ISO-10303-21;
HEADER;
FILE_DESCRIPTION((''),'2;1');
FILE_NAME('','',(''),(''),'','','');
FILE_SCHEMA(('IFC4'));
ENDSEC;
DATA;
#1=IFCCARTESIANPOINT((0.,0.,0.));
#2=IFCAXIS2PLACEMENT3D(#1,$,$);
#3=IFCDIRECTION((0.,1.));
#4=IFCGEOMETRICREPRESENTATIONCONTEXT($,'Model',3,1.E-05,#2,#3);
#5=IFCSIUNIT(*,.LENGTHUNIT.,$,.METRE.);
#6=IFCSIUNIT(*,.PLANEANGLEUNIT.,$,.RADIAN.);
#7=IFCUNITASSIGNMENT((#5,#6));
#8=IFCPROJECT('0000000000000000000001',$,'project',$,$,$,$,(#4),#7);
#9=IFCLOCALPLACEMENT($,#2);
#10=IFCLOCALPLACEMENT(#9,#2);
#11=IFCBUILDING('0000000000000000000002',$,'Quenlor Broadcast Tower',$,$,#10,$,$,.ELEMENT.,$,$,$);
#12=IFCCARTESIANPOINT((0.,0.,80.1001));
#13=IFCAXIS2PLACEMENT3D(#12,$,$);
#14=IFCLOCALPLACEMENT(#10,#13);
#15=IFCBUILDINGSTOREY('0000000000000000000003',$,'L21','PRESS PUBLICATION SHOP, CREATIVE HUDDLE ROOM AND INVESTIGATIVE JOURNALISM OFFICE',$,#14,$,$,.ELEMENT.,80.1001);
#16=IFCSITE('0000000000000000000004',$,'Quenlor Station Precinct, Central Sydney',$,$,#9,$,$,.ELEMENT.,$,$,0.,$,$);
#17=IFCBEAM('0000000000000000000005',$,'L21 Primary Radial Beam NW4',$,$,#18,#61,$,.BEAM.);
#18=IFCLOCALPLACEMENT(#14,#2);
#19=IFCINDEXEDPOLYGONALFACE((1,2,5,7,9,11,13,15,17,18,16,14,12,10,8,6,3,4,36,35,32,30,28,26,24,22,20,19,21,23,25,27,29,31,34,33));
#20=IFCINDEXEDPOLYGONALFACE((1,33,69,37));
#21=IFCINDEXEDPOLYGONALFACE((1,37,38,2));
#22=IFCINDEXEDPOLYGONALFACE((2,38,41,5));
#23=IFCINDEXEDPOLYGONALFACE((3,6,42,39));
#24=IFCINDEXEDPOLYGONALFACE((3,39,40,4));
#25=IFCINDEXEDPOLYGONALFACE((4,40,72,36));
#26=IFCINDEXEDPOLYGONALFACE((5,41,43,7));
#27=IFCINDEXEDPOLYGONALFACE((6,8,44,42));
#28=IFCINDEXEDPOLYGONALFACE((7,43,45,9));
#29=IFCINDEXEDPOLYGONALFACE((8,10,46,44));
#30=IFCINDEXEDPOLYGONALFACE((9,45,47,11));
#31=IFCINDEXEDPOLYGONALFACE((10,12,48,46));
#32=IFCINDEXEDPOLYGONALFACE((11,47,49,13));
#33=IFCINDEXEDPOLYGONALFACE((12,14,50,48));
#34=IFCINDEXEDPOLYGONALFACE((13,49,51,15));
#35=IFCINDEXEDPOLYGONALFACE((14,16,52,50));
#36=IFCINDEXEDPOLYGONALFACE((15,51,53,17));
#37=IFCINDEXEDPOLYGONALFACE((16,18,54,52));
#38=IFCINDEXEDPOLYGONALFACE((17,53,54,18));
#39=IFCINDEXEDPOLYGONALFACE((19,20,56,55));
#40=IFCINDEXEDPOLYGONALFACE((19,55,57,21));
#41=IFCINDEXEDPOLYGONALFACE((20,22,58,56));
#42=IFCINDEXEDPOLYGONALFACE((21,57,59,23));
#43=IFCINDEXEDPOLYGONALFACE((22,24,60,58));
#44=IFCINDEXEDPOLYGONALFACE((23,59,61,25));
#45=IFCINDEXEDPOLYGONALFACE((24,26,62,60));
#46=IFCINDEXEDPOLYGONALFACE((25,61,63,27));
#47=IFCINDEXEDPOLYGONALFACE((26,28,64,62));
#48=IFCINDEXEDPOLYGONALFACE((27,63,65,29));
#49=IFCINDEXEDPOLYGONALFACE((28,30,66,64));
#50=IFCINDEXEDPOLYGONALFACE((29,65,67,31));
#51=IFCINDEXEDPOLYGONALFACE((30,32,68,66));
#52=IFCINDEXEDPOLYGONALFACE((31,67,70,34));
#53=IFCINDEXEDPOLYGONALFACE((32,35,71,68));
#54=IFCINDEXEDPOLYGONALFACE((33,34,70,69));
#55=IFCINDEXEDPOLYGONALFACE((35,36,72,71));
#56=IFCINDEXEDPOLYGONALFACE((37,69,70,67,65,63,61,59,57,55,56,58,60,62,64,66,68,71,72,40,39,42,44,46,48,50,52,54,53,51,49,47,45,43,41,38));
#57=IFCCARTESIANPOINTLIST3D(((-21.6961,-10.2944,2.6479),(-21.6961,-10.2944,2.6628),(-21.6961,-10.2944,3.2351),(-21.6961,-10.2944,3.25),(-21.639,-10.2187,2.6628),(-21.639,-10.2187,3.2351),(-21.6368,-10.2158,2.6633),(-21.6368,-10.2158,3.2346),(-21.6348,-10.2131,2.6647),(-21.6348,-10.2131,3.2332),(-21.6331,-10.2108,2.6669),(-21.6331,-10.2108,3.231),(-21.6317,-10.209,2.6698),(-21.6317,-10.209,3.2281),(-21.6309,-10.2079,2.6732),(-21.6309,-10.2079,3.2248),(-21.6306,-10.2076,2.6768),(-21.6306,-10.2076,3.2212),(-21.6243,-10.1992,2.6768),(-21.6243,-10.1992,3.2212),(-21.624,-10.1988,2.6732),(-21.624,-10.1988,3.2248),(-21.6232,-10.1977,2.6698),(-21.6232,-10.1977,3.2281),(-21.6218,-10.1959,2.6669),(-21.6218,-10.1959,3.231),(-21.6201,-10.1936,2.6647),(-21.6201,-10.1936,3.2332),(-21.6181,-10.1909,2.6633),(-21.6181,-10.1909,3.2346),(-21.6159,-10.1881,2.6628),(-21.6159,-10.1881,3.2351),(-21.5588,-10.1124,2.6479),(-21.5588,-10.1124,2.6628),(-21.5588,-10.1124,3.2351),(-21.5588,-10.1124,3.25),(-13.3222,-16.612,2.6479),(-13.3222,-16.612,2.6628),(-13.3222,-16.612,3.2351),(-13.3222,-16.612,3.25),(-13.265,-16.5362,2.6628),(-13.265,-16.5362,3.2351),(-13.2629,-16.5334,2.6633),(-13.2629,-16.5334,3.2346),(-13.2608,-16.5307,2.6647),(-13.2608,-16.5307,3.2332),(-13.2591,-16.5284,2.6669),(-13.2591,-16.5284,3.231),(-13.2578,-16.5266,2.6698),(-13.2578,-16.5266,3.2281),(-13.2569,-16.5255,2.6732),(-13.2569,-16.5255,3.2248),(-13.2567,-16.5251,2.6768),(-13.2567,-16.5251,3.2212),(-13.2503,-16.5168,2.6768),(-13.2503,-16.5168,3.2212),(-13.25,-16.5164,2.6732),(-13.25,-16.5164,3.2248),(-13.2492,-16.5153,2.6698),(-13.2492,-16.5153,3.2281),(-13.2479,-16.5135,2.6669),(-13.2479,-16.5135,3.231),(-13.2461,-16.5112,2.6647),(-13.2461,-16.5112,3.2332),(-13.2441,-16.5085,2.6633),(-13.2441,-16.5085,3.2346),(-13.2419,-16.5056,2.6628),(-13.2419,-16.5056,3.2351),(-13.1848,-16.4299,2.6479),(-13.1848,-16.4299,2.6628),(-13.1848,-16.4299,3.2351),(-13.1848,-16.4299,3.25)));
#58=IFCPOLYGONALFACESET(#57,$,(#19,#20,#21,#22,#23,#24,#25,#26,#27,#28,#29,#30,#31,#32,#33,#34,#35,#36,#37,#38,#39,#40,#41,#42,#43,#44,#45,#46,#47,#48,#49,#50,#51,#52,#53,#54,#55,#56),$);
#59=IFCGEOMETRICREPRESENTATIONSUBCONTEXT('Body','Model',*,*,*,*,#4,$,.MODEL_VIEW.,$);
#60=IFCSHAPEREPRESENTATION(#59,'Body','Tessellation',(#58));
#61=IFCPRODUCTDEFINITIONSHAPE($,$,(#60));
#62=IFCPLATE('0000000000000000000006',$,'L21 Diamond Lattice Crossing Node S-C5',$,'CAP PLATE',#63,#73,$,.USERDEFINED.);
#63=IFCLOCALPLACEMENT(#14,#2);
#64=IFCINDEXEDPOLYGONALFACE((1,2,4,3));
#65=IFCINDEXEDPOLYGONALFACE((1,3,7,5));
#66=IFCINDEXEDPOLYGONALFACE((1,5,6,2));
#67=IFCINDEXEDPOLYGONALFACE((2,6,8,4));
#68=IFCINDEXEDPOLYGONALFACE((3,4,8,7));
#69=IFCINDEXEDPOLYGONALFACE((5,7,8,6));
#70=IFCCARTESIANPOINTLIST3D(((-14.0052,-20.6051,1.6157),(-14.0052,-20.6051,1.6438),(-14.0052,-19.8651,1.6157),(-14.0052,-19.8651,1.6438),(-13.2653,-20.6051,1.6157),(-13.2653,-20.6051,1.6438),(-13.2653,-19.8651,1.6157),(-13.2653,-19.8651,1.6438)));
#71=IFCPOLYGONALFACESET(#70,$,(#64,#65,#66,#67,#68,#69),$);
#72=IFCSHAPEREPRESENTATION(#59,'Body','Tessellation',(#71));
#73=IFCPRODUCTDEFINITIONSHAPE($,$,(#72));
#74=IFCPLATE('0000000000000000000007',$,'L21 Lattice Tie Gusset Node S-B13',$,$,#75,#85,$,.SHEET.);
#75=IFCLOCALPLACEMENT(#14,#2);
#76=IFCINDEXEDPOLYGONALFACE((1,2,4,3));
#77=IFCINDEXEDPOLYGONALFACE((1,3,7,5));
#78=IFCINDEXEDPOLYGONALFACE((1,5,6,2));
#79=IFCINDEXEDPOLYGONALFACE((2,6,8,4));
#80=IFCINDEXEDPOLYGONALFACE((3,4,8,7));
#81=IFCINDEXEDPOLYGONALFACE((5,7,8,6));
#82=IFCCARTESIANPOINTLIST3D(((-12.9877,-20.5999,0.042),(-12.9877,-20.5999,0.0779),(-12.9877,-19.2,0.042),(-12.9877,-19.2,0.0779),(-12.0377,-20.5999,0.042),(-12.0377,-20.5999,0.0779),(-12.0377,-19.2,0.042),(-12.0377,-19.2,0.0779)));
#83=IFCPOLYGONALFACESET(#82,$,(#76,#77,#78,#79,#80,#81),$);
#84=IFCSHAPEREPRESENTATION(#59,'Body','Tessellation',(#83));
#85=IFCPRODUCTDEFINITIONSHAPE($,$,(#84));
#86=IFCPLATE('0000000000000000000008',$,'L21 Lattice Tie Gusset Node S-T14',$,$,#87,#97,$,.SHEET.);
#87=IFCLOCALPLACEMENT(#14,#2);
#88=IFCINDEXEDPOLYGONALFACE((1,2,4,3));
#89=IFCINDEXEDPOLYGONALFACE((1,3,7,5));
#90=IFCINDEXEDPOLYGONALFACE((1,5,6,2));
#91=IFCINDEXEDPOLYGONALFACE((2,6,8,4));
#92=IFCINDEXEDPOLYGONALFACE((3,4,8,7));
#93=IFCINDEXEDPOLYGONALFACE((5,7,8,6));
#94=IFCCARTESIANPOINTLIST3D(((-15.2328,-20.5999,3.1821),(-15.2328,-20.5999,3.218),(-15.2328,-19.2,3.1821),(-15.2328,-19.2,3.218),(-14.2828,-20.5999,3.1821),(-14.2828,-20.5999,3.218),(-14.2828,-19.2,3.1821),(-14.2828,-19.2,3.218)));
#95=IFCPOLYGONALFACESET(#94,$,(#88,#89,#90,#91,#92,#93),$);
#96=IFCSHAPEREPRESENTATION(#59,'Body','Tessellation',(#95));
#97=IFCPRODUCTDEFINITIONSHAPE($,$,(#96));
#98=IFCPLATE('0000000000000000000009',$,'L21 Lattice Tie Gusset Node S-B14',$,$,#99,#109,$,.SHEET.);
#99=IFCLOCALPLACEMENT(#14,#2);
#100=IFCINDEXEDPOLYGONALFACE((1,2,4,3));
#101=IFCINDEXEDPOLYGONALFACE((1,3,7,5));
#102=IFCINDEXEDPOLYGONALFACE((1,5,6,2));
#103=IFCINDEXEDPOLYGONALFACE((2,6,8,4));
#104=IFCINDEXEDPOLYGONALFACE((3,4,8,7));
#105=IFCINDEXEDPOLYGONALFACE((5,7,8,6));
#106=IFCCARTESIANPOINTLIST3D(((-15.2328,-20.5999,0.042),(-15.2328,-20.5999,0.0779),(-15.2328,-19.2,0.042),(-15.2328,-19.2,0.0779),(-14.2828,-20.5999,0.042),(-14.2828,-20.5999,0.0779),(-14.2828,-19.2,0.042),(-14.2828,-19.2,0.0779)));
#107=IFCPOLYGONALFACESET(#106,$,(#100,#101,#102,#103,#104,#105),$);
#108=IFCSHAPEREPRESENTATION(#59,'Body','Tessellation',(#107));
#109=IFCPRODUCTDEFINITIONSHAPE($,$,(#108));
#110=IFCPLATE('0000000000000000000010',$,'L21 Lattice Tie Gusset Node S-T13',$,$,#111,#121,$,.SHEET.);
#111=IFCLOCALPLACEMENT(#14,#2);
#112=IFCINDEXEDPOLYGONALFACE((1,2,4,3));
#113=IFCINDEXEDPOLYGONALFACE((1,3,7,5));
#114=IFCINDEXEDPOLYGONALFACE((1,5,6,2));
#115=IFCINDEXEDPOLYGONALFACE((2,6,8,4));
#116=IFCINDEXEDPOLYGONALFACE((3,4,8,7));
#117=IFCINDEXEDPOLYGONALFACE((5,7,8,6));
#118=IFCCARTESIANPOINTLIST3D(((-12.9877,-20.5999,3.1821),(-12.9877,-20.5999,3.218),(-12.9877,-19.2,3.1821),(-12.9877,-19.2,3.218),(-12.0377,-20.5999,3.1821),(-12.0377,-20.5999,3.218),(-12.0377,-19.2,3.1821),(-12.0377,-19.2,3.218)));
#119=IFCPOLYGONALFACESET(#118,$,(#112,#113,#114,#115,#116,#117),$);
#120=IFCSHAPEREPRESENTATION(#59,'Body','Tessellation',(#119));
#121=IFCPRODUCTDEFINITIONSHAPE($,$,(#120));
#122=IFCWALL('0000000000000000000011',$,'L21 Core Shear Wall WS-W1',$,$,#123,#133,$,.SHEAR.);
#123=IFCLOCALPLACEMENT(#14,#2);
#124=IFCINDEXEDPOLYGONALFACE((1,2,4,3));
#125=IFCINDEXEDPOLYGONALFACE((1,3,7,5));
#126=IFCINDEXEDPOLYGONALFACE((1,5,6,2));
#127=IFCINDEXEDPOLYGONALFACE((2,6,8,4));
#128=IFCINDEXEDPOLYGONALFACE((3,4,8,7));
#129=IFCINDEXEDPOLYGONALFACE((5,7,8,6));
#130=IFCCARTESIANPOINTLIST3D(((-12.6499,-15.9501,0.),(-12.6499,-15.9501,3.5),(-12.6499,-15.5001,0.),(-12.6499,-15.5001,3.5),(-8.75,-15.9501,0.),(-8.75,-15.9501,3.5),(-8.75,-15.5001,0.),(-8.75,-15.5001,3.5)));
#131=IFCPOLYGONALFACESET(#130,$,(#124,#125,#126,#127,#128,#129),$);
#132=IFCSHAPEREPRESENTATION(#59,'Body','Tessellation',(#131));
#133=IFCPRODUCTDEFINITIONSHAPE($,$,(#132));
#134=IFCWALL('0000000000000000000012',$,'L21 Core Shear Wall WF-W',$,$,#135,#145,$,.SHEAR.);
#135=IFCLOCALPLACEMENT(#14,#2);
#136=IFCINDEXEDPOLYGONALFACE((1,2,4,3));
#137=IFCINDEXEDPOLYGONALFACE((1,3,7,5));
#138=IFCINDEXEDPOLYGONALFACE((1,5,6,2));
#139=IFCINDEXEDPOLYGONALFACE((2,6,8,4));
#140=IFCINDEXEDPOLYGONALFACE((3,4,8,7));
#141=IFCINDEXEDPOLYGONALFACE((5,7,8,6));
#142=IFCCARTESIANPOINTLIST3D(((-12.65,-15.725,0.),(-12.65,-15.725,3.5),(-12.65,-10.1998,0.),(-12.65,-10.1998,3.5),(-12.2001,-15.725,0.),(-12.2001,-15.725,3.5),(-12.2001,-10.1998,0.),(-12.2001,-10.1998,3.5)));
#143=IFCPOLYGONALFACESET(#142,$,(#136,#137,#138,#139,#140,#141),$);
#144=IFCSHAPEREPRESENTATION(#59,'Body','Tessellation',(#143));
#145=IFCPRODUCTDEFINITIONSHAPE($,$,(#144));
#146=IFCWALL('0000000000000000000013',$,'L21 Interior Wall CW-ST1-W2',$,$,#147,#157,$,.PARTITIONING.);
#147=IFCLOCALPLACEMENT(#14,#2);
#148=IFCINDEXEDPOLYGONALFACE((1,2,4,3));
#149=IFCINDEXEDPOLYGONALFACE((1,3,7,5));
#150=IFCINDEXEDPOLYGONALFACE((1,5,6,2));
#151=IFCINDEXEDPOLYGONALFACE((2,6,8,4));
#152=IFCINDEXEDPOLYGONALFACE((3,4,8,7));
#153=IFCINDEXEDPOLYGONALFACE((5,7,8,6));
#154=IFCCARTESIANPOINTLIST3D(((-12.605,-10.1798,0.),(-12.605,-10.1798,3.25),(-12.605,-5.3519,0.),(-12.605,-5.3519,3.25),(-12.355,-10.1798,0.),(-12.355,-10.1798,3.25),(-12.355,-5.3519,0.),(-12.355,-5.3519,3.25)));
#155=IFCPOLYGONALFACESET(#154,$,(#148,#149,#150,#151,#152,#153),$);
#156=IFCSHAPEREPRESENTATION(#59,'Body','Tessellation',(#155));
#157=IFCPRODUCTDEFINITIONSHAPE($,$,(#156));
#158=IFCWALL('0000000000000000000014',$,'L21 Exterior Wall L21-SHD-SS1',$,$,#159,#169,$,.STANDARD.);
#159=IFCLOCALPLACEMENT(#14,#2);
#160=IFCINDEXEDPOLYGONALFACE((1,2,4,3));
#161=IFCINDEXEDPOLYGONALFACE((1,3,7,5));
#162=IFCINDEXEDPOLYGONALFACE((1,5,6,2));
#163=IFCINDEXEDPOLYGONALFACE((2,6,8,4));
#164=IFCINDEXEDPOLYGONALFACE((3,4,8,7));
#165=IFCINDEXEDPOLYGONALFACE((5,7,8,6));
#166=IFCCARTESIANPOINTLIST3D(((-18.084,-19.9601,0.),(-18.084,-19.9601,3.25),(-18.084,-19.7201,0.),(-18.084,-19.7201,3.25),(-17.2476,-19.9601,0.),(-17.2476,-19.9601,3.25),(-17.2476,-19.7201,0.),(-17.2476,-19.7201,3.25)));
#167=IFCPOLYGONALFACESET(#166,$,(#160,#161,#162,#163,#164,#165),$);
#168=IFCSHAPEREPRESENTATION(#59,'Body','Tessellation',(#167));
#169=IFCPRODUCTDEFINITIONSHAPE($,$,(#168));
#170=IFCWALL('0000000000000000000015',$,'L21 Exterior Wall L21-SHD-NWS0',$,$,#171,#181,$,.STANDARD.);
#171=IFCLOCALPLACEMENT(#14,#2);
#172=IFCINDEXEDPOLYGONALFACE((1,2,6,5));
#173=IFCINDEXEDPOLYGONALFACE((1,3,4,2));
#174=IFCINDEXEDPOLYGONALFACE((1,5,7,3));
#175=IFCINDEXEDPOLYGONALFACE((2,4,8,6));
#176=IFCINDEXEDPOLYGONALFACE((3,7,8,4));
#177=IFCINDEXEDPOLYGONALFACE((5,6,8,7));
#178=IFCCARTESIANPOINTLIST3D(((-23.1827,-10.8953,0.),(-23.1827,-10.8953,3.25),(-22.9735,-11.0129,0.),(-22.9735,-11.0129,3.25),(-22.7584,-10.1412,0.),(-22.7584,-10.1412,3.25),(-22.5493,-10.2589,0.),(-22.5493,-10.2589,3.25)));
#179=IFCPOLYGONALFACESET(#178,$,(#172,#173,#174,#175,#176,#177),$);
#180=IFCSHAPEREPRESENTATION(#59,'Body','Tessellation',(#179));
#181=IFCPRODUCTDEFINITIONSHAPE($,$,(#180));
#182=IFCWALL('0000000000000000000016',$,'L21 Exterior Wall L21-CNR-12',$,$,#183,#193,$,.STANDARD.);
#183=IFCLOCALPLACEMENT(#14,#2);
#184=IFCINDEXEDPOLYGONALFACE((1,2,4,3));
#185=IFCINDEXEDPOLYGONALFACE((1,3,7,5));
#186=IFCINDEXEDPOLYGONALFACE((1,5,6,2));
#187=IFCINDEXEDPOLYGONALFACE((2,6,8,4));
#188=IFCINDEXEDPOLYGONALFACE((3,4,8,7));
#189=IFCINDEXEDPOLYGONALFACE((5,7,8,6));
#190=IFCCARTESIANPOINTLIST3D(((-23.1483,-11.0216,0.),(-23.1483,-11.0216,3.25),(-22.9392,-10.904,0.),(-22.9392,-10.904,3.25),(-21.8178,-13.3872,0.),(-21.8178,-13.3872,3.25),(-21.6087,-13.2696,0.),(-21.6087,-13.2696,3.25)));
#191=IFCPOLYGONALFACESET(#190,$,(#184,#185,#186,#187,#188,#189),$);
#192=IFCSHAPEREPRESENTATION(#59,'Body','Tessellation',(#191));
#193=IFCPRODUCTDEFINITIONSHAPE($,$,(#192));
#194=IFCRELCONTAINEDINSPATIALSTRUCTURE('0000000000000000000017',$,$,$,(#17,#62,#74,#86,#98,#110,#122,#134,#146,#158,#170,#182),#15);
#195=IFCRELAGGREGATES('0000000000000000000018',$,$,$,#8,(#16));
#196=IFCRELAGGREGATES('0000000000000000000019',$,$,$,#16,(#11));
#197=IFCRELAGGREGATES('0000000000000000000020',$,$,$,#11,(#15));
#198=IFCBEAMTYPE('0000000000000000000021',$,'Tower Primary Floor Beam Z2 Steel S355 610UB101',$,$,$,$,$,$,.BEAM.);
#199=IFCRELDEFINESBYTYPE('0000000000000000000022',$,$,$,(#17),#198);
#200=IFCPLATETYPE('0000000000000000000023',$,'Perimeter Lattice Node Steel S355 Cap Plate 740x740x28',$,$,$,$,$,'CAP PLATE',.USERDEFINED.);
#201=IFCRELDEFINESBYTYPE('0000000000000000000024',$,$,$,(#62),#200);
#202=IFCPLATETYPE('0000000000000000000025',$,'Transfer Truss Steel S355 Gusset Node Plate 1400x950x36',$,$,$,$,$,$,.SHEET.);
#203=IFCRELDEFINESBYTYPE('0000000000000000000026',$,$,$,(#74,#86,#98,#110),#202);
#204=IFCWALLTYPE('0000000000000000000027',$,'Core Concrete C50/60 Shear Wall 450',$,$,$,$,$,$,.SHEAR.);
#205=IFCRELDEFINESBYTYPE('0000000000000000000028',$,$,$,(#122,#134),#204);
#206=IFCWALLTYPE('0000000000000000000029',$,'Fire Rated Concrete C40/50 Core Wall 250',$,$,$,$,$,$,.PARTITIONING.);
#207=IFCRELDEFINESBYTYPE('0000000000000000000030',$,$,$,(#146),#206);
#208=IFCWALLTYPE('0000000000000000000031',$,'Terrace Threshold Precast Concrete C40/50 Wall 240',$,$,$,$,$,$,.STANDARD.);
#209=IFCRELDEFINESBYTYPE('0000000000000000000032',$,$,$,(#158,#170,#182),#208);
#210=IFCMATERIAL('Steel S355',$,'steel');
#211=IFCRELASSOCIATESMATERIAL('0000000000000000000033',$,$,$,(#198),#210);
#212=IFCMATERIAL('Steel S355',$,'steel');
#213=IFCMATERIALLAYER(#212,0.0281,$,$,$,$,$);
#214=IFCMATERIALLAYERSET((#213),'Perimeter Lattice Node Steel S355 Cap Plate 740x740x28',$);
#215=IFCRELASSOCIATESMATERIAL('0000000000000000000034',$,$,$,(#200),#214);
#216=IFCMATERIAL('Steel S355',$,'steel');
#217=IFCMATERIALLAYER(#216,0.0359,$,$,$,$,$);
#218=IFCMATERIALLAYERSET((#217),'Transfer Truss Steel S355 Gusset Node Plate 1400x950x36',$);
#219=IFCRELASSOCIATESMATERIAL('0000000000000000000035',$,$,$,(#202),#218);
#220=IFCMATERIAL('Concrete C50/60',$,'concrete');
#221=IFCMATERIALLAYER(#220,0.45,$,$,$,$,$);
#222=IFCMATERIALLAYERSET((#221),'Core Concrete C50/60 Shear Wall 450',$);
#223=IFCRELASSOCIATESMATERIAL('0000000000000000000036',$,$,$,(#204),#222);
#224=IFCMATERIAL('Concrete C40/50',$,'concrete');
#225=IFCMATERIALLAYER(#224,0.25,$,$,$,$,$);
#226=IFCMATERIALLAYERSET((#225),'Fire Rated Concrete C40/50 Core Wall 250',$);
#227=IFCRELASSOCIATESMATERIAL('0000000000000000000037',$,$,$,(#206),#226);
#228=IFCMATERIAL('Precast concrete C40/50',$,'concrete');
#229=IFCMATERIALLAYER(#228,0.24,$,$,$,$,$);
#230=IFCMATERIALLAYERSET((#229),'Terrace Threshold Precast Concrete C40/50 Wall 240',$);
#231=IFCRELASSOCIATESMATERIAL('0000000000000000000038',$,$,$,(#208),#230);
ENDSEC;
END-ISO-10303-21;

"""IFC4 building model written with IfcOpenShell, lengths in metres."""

from ifc_helpers import new_model, si_unit, direction, frame, frame_2d, origin, origin_2d, place, context, subcontext, project, spatial, rectangle, i_section, extrude, material, layer, layer_set, material_profile, profile_set, type_object, element, save


model = new_model("IFC4")

# Units and contexts
model_context = context("Model", 3, precision=1e-05, world=origin(), true_north=direction((0.0, 1.0)))
body_context = subcontext(model_context, "Body", "Model", "MODEL_VIEW")
ifc_project = project(units=[si_unit("LENGTHUNIT", "METRE"), si_unit("PLANEANGLEUNIT", "RADIAN")], contexts=[model_context])

# Site, building, storey
site_placement = place(None, origin())
site = spatial("IfcSite", under=ifc_project, at=site_placement, Name="Quenlor Station Precinct, Central Sydney", CompositionType="ELEMENT", RefElevation=0.0)
building_placement = place(site_placement, origin())
building = spatial("IfcBuilding", under=site, at=building_placement, Name="Quenlor Broadcast Tower", CompositionType="ELEMENT")
storey_placement = place(building_placement, frame((0.0, 0.0, 80.1001)))
storey = spatial("IfcBuildingStorey", under=building, at=storey_placement, Name="L21", Description="PRESS PUBLICATION SHOP, CREATIVE HUDDLE ROOM AND INVESTIGATIVE JOURNALISM OFFICE", CompositionType="ELEMENT", Elevation=80.1001)

# Beam
ifc_material_1 = material(Name="Steel S355", Category="steel")
ifc_material_profile_1 = material_profile(ifc_material_1, i_section(OverallWidth=0.228, OverallDepth=0.6021, WebThickness=0.0105, FlangeThickness=0.0149, FilletRadius=0.0139, at=origin_2d()))
ifc_profile_set_1 = profile_set([ifc_material_profile_1], Name="Steel S355 610UB101")
beam_type_1 = type_object("IfcBeamType", Name="Tower Primary Floor Beam Z2 Steel S355 610UB101", PredefinedType="BEAM", material=ifc_profile_set_1)
beam_1_placement = place(storey_placement, frame((-21.6274, -10.2034, 2.949), z_axis=(0.798299, -0.602262, 0.0), x_axis=(0.602262, 0.798299, 0.0)))
element("IfcBeam", 1, at=beam_1_placement, inside=storey, type_object=beam_type_1, Name="L21 Primary Radial Beam NW4", PredefinedType="BEAM", context=body_context, shape_type="SweptSolid", body=[
    extrude(i_section(OverallWidth=0.228, OverallDepth=0.6021, WebThickness=0.0105, FlangeThickness=0.0149, FilletRadius=0.0139, at=origin_2d()), origin(), (0.0, 0.0, 1.0), 10.4897),
])

# Plates
ifc_material_2 = material(Name="Steel S355", Category="steel")
ifc_layer_1 = layer(ifc_material_2, 0.0281)
ifc_layer_set_1 = layer_set([ifc_layer_1], Name="Perimeter Lattice Node Steel S355 Cap Plate 740x740x28")
plate_type_1 = type_object("IfcPlateType", Name="Perimeter Lattice Node Steel S355 Cap Plate 740x740x28", ElementType="CAP PLATE", PredefinedType="USERDEFINED", material=ifc_layer_set_1)
plate_placement = place(storey_placement, frame((-13.6353, -20.2351, 1.6157), z_axis=(0.0, 0.0, 1.0), x_axis=(-1.0, 0.0, 0.0)))
element("IfcPlate", 2, at=plate_placement, inside=storey, type_object=plate_type_1, Name="L21 Diamond Lattice Crossing Node S-C5", ObjectType="CAP PLATE", PredefinedType="USERDEFINED", context=body_context, shape_type="SweptSolid", body=[
    extrude(rectangle(XDim=0.74, YDim=0.74, at=origin_2d()), origin(), (0.0, 0.0, 1.0), 0.0281),
])
ifc_material_3 = material(Name="Steel S355", Category="steel")
ifc_layer_2 = layer(ifc_material_3, 0.0359)
ifc_layer_set_2 = layer_set([ifc_layer_2], Name="Transfer Truss Steel S355 Gusset Node Plate 1400x950x36")
plate_type_2 = type_object("IfcPlateType", Name="Transfer Truss Steel S355 Gusset Node Plate 1400x950x36", PredefinedType="SHEET", material=ifc_layer_set_2)
for number, where, z_axis, x_axis, name in (
    (3, (-12.5127, -19.8999, 0.042), (0.0, 0.0, 1.0), (0.0, -1.0, 0.0), "L21 Lattice Tie Gusset Node S-B13"),
    (4, (-14.7578, -19.8999, 3.1821), (0.0, 0.0, 1.0), (0.0, -1.0, 0.0), "L21 Lattice Tie Gusset Node S-T14"),
    (5, (-14.7578, -19.8999, 0.042), (0.0, 0.0, 1.0), (0.0, -1.0, 0.0), "L21 Lattice Tie Gusset Node S-B14"),
    (6, (-12.5127, -19.8999, 3.1821), (0.0, 0.0, 1.0), (0.0, -1.0, 0.0), "L21 Lattice Tie Gusset Node S-T13"),
):
    element("IfcPlate", number, at=place(storey_placement, frame(where, z_axis=z_axis, x_axis=x_axis)), inside=storey, type_object=plate_type_2, Name=name, PredefinedType="SHEET", context=body_context, shape_type="SweptSolid", body=[
        extrude(rectangle(XDim=1.3999, YDim=0.95, at=origin_2d()), origin(), (0.0, 0.0, 1.0), 0.0359),
    ])

# Walls
ifc_material_4 = material(Name="Concrete C50/60", Category="concrete")
ifc_layer_3 = layer(ifc_material_4, 0.45)
ifc_layer_set_3 = layer_set([ifc_layer_3], Name="Core Concrete C50/60 Shear Wall 450")
wall_type_1 = type_object("IfcWallType", Name="Core Concrete C50/60 Shear Wall 450", PredefinedType="SHEAR", material=ifc_layer_set_3)
wall_1_placement = place(storey_placement, frame((-12.6499, -15.7251, 0.0), z_axis=(0.0, 0.0, 1.0), x_axis=(1.0, 0.0, 0.0)))
element("IfcWall", 7, at=wall_1_placement, inside=storey, type_object=wall_type_1, Name="L21 Core Shear Wall WS-W1", PredefinedType="SHEAR", context=body_context, shape_type="SweptSolid", body=[
    extrude(rectangle(XDim=3.8999, YDim=0.45, at=frame_2d((1.95, 0.0))), origin(), (0.0, 0.0, 1.0), 3.5),
])
wall_2_placement = place(storey_placement, frame((-12.425, -15.7251, 0.0), z_axis=(0.0, 0.0, 1.0), x_axis=(0.0, 1.0, 0.0)))
element("IfcWall", 8, at=wall_2_placement, inside=storey, type_object=wall_type_1, Name="L21 Core Shear Wall WF-W", PredefinedType="SHEAR", context=body_context, shape_type="SweptSolid", body=[
    extrude(rectangle(XDim=5.5251, YDim=0.45, at=frame_2d((2.7627, 0.0))), origin(), (0.0, 0.0, 1.0), 3.5),
])
ifc_material_5 = material(Name="Concrete C40/50", Category="concrete")
ifc_layer_4 = layer(ifc_material_5, 0.25)
ifc_layer_set_4 = layer_set([ifc_layer_4], Name="Fire Rated Concrete C40/50 Core Wall 250")
wall_type_2 = type_object("IfcWallType", Name="Fire Rated Concrete C40/50 Core Wall 250", PredefinedType="PARTITIONING", material=ifc_layer_set_4)
wall_3_placement = place(storey_placement, frame((-12.48, -10.1799, 0.0), z_axis=(0.0, 0.0, 1.0), x_axis=(0.0, 1.0, 0.0)))
element("IfcWall", 9, at=wall_3_placement, inside=storey, type_object=wall_type_2, Name="L21 Interior Wall CW-ST1-W2", PredefinedType="PARTITIONING", context=body_context, shape_type="SweptSolid", body=[
    extrude(rectangle(XDim=4.8279, YDim=0.25, at=frame_2d((2.4141, 0.0))), origin(), (0.0, 0.0, 1.0), 3.25),
])
ifc_material_6 = material(Name="Precast concrete C40/50", Category="concrete")
ifc_layer_5 = layer(ifc_material_6, 0.24)
ifc_layer_set_5 = layer_set([ifc_layer_5], Name="Terrace Threshold Precast Concrete C40/50 Wall 240")
wall_type_3 = type_object("IfcWallType", Name="Terrace Threshold Precast Concrete C40/50 Wall 240", PredefinedType="STANDARD", material=ifc_layer_set_5)
wall_4_placement = place(storey_placement, frame((-17.2476, -19.8401, 0.0), z_axis=(0.0, 0.0, 1.0), x_axis=(-1.0, 0.0, 0.0)))
element("IfcWall", 10, at=wall_4_placement, inside=storey, type_object=wall_type_3, Name="L21 Exterior Wall L21-SHD-SS1", PredefinedType="STANDARD", context=body_context, shape_type="SweptSolid", body=[
    extrude(rectangle(XDim=0.8364, YDim=0.24, at=frame_2d((0.4182, 0.0))), origin(), (0.0, 0.0, 1.0), 3.25),
])
wall_5_placement = place(storey_placement, frame((-23.0781, -10.9541, 0.0), z_axis=(0.0, 0.0, 1.0), x_axis=(0.490355, 0.871523, 0.0)))
element("IfcWall", 11, at=wall_5_placement, inside=storey, type_object=wall_type_3, Name="L21 Exterior Wall L21-SHD-NWS0", PredefinedType="STANDARD", context=body_context, shape_type="SweptSolid", body=[
    extrude(rectangle(XDim=0.8652, YDim=0.24, at=frame_2d((0.4326, 0.0))), origin(), (0.0, 0.0, 1.0), 3.25),
])
wall_6_placement = place(storey_placement, frame((-23.0437, -10.9629, 0.0), z_axis=(0.0, 0.0, 1.0), x_axis=(0.490219, -0.8716, 0.0)))
element("IfcWall", 12, at=wall_6_placement, inside=storey, type_object=wall_type_3, Name="L21 Exterior Wall L21-CNR-12", PredefinedType="STANDARD", context=body_context, shape_type="SweptSolid", body=[
    extrude(rectangle(XDim=2.7141, YDim=0.24, at=frame_2d((1.3569, 0.0))), origin(), (0.0, 0.0, 1.0), 3.25),
])

save(model, "model.ifc")
